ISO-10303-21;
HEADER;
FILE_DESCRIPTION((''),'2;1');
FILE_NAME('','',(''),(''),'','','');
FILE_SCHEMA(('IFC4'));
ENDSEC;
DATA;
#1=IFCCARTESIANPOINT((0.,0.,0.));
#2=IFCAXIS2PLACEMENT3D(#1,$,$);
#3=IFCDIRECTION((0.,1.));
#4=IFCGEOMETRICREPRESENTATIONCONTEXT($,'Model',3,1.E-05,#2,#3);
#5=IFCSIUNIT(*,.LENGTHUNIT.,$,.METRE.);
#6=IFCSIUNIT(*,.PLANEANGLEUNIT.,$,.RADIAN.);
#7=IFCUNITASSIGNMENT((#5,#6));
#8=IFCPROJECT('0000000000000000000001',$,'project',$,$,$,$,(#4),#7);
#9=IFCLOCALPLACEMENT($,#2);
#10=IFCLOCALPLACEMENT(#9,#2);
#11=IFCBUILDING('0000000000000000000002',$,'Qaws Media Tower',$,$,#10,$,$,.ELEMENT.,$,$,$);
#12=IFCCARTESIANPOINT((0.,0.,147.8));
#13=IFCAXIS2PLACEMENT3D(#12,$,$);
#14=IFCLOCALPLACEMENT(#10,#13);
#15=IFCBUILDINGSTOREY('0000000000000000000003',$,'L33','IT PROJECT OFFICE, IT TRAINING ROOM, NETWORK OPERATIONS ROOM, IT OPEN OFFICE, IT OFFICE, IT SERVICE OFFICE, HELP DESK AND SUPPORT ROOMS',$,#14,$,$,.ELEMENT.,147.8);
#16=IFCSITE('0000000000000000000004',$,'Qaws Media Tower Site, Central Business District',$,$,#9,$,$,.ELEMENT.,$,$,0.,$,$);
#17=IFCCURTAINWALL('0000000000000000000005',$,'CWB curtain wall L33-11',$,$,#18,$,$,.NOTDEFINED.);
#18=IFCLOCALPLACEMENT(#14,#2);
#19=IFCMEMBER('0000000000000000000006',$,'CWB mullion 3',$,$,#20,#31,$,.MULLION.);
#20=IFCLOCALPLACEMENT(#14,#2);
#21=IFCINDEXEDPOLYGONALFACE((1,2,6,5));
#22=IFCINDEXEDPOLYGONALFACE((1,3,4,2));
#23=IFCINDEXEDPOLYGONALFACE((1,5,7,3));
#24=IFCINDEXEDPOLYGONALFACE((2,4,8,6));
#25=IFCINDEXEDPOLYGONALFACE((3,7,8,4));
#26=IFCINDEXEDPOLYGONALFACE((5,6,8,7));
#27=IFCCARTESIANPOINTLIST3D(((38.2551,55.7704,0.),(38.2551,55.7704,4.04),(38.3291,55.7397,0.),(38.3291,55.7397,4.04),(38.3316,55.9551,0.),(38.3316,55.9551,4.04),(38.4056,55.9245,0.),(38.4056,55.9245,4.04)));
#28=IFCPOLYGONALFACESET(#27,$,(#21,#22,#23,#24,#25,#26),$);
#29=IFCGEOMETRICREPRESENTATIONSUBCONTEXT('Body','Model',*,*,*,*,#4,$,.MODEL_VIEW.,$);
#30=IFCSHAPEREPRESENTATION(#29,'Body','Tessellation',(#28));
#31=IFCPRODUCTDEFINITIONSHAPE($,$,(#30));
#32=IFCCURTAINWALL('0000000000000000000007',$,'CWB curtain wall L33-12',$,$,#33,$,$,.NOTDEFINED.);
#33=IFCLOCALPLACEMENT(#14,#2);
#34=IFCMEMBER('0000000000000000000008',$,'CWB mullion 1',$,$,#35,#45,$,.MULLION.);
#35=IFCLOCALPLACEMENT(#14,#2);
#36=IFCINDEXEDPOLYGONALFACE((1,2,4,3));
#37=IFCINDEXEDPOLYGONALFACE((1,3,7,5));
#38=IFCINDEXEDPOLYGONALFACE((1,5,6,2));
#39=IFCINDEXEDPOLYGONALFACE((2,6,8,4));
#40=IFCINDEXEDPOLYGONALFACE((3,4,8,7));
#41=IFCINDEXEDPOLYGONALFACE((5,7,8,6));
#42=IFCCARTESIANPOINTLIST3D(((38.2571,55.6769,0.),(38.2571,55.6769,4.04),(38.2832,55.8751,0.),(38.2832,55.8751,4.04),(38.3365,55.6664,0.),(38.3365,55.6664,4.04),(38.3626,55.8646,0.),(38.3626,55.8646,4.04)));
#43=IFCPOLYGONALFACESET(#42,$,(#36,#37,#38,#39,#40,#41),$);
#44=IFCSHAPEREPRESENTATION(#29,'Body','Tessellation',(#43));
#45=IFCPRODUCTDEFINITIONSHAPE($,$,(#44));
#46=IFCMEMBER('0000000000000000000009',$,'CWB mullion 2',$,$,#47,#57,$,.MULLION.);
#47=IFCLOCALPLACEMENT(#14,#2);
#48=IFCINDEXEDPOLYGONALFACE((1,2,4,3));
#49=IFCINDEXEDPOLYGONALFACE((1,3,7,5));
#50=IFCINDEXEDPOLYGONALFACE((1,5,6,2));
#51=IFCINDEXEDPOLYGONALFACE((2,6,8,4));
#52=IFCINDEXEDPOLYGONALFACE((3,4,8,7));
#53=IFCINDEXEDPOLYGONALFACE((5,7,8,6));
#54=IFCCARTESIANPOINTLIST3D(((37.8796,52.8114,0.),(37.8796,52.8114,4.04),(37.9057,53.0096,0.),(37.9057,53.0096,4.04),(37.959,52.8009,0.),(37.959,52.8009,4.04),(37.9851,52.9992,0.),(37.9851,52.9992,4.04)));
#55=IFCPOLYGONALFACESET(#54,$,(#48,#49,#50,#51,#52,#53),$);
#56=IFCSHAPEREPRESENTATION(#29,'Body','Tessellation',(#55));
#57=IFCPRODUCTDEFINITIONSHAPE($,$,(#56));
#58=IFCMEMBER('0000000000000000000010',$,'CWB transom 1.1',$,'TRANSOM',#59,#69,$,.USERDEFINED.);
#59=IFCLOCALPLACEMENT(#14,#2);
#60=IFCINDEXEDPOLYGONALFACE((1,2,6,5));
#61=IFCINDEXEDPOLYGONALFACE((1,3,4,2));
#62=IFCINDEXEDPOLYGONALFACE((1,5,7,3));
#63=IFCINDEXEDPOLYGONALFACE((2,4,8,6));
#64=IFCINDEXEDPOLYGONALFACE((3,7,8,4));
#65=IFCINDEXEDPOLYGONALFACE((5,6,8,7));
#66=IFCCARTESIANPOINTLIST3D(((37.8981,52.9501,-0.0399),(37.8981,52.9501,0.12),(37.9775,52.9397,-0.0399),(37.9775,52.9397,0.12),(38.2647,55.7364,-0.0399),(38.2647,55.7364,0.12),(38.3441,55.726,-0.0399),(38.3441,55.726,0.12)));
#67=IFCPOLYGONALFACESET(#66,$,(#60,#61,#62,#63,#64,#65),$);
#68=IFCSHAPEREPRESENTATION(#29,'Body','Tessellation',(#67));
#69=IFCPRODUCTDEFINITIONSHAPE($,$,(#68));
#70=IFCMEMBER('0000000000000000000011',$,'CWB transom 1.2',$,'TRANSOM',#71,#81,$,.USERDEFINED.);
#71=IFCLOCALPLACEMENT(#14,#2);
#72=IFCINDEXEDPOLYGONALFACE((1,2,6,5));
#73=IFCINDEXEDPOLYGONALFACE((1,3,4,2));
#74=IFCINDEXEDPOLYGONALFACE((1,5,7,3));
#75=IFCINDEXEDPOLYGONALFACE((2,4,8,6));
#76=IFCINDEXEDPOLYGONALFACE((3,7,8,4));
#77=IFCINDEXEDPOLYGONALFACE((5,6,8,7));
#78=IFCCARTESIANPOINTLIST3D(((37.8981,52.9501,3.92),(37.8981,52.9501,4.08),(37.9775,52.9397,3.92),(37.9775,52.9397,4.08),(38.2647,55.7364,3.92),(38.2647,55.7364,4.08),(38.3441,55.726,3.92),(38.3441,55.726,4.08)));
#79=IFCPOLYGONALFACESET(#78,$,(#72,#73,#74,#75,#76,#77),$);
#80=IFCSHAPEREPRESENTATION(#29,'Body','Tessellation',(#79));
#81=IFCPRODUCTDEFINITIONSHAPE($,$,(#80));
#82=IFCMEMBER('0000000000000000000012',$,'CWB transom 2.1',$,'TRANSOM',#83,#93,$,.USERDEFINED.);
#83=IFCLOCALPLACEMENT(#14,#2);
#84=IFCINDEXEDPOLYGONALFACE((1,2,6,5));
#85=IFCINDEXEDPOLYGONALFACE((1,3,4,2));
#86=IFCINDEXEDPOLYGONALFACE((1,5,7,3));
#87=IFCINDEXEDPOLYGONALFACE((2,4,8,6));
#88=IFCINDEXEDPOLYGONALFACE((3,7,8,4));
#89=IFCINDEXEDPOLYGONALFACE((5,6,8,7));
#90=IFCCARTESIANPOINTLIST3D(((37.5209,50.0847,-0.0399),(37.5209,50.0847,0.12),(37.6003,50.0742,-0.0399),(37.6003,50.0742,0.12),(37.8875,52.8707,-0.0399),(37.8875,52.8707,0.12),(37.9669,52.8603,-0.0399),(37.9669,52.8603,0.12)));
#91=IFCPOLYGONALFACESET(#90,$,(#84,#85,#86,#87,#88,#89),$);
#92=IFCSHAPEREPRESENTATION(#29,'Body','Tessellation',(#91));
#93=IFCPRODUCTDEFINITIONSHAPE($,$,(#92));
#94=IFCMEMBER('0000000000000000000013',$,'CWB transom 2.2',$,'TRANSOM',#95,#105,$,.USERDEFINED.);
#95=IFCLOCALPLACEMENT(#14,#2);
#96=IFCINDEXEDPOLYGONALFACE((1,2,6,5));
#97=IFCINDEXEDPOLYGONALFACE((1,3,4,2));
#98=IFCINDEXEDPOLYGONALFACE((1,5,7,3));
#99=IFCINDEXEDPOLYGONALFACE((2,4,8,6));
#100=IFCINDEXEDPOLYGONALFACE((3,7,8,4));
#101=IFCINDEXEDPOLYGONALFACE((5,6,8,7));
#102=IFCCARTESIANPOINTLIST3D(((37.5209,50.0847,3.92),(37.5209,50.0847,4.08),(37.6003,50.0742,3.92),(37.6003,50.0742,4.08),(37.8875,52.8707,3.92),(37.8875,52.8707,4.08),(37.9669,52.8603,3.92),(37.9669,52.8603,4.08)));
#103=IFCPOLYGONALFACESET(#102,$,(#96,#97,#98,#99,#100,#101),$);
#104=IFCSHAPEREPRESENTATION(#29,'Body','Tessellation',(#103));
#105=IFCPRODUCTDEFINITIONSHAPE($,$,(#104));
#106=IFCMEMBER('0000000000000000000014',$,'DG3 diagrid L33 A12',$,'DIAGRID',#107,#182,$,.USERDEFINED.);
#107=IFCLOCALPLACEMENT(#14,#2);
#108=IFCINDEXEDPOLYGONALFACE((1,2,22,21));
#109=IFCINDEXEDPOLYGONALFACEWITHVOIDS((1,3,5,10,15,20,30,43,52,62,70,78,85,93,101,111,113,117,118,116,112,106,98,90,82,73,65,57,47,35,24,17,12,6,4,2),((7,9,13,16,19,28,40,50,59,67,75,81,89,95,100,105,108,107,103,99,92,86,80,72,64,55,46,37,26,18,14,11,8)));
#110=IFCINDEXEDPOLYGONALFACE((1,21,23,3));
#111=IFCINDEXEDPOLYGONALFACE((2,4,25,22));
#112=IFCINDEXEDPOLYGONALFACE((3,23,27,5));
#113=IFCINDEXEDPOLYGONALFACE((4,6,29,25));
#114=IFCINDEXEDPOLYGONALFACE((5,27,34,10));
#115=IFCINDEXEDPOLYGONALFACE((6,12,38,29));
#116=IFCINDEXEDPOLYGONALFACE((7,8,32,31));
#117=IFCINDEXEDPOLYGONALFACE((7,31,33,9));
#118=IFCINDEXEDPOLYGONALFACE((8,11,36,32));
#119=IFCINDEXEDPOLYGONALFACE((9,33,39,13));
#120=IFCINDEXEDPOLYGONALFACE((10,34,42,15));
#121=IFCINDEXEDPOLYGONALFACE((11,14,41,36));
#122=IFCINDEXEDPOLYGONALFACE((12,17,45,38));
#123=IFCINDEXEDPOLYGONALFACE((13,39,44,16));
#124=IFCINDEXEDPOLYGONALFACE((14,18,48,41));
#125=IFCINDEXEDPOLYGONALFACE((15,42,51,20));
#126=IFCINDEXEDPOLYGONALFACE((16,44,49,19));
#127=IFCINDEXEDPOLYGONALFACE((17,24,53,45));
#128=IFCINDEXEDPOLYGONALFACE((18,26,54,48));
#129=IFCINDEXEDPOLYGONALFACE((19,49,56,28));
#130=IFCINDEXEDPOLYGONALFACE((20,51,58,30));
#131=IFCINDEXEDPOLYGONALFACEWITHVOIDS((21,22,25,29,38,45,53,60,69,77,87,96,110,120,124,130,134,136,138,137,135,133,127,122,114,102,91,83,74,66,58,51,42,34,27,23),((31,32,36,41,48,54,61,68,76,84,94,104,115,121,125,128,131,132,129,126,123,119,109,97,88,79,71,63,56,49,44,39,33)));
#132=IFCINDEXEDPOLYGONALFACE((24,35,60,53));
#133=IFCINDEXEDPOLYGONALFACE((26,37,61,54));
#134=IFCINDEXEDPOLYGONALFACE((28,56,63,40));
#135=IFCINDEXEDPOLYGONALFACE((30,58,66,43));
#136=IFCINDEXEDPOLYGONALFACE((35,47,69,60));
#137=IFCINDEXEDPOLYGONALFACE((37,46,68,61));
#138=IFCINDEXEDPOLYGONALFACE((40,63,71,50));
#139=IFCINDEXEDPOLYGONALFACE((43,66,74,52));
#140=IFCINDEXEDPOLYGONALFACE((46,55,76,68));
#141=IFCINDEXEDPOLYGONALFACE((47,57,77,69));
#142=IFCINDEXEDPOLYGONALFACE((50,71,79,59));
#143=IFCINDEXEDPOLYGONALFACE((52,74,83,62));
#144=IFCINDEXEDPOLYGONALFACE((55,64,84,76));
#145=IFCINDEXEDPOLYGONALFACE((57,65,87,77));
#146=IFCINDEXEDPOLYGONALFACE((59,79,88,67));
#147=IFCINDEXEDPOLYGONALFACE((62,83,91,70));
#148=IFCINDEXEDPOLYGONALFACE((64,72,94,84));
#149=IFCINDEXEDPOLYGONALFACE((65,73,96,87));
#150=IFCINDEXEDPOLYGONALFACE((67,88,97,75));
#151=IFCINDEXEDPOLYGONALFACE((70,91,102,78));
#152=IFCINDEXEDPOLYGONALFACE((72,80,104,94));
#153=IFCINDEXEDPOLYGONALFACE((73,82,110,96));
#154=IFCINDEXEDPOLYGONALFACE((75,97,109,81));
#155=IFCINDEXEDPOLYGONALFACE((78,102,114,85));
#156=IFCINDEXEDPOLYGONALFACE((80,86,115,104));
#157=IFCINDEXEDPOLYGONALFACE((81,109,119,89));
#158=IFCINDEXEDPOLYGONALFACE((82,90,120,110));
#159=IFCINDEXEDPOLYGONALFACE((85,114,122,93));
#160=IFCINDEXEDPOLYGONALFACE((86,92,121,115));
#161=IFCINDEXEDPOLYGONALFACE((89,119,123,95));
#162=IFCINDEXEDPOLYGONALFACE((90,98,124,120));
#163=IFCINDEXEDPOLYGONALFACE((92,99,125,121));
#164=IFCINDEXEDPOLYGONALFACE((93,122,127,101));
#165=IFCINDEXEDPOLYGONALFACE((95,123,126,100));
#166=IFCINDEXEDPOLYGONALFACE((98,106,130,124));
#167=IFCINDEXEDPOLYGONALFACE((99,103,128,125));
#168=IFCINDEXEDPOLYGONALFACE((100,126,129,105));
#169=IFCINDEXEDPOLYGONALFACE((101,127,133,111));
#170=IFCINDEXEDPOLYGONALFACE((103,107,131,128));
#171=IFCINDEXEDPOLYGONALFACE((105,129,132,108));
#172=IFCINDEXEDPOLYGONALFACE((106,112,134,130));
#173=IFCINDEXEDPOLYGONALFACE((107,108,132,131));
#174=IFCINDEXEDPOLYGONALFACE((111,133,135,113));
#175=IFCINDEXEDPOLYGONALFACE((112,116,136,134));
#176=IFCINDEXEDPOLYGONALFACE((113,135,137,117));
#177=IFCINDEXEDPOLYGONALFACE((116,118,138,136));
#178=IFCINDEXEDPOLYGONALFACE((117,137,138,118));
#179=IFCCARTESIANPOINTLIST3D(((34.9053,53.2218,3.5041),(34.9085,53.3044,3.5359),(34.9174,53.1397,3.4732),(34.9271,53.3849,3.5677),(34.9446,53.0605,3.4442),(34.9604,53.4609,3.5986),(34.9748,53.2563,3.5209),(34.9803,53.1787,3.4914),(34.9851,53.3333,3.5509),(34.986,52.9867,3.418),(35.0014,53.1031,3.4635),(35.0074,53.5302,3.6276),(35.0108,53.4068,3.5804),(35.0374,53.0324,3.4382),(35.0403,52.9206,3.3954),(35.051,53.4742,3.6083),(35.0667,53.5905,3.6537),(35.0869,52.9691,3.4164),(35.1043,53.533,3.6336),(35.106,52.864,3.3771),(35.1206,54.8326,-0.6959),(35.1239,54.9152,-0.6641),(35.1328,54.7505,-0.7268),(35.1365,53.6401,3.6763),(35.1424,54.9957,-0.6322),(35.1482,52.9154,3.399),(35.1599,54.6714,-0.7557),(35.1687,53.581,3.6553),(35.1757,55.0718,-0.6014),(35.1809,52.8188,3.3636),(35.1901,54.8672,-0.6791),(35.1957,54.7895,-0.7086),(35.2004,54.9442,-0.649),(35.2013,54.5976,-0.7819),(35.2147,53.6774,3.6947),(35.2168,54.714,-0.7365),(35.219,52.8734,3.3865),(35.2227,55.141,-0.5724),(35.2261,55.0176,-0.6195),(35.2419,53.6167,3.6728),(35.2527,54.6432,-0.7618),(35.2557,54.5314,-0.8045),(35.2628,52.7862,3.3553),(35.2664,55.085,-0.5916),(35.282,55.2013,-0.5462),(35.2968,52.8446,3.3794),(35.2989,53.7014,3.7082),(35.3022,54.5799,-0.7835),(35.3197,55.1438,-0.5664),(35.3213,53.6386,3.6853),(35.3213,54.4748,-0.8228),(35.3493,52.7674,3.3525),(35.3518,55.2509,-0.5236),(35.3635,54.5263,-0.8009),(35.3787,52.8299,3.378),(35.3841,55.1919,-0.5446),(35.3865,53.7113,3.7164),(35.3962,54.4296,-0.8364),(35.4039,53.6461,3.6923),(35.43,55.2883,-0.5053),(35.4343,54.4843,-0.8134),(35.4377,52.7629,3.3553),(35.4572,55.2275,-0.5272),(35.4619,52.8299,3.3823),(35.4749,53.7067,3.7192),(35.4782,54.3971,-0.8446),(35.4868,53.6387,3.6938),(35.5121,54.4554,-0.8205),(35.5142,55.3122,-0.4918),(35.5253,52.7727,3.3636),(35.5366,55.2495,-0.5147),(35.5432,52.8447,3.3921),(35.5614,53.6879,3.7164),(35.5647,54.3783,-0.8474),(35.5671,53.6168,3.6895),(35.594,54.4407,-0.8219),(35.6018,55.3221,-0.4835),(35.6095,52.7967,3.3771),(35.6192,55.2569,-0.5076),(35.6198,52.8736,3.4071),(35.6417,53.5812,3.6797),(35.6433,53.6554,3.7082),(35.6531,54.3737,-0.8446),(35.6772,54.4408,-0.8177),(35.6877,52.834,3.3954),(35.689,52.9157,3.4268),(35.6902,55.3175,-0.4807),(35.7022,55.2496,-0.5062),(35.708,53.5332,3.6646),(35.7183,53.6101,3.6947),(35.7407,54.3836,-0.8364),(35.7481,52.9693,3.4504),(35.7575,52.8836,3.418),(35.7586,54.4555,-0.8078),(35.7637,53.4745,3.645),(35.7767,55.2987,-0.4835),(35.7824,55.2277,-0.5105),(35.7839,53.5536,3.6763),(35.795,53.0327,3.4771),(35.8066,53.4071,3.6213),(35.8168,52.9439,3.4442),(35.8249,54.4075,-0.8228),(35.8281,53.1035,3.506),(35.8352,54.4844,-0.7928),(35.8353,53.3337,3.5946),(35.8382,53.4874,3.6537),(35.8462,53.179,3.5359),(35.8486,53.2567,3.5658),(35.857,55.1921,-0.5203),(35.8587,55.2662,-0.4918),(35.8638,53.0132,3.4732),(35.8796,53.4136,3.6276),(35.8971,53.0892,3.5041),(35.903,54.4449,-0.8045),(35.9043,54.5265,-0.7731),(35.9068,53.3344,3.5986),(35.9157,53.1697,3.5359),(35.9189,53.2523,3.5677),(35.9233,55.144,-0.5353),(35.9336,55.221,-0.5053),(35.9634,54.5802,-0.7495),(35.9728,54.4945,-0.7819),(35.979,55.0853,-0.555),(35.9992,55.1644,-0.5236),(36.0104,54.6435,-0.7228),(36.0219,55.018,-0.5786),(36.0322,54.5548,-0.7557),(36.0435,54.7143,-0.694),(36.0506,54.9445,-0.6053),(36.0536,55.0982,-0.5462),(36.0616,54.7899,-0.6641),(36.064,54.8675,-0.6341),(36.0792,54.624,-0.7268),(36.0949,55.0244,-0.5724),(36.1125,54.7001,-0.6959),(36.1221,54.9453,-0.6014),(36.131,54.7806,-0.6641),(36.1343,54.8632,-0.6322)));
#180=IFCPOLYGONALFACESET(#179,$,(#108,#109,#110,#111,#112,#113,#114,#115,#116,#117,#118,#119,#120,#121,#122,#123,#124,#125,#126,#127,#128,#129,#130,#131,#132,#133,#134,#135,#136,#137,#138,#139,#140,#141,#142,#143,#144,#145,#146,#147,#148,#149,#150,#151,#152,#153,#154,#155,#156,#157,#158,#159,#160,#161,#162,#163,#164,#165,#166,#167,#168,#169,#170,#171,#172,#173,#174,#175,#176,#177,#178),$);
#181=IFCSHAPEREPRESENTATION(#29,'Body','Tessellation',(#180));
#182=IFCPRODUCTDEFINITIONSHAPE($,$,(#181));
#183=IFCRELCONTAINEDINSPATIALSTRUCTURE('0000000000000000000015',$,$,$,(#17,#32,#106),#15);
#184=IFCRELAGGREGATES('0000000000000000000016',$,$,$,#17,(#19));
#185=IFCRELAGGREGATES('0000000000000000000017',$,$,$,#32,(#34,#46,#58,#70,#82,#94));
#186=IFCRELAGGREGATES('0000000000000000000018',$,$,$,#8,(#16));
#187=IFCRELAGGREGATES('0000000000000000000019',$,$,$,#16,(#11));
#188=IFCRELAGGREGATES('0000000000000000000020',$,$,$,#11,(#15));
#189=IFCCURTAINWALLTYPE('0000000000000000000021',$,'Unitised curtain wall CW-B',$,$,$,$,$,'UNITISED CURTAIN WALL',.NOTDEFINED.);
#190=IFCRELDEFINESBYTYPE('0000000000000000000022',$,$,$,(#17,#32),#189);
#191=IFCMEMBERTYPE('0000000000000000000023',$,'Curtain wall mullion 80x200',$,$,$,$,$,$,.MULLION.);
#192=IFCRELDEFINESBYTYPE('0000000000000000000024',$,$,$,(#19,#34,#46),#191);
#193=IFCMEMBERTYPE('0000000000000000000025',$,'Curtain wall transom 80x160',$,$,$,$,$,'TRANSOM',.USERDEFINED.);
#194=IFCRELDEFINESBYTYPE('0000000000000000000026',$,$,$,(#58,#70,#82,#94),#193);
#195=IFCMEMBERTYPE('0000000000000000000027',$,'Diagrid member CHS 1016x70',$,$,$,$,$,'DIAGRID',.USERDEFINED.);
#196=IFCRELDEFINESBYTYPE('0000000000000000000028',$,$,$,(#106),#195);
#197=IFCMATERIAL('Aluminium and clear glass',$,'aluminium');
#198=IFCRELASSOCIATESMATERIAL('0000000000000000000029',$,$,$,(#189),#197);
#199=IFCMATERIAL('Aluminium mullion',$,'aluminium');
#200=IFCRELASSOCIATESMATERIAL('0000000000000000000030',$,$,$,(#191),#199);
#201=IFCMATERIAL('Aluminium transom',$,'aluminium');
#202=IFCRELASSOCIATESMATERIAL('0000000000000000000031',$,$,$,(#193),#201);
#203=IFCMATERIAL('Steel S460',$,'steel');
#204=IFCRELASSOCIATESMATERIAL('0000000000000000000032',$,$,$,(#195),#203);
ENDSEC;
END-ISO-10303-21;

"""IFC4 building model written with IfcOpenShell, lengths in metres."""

from ifc_helpers import new_model, si_unit, direction, frame, origin, origin_2d, place, context, subcontext, project, spatial, rectangle, hollow_circle, extrude, material, material_profile, profile_set, type_object, element, aggregate, save


model = new_model("IFC4")

# Units and contexts
model_context = context("Model", 3, precision=1e-05, world=origin(), true_north=direction((0.0, 1.0)))
body_context = subcontext(model_context, "Body", "Model", "MODEL_VIEW")
ifc_project = project(units=[si_unit("LENGTHUNIT", "METRE"), si_unit("PLANEANGLEUNIT", "RADIAN")], contexts=[model_context])

# Site, building, storey
site_placement = place(None, origin())
site = spatial("IfcSite", under=ifc_project, at=site_placement, Name="Qaws Media Tower Site, Central Business District", CompositionType="ELEMENT", RefElevation=0.0)
building_placement = place(site_placement, origin())
building = spatial("IfcBuilding", under=site, at=building_placement, Name="Qaws Media Tower", CompositionType="ELEMENT")
storey_placement = place(building_placement, frame((0.0, 0.0, 147.8)))
storey = spatial("IfcBuildingStorey", under=building, at=storey_placement, Name="L33", Description="IT PROJECT OFFICE, IT TRAINING ROOM, NETWORK OPERATIONS ROOM, IT OPEN OFFICE, IT OFFICE, IT SERVICE OFFICE, HELP DESK AND SUPPORT ROOMS", CompositionType="ELEMENT", Elevation=147.8)

# Curtain wall, member
ifc_material_1 = material(Name="Aluminium and clear glass", Category="aluminium")
curtain_wall_type = type_object("IfcCurtainWallType", Name="Unitised curtain wall CW-B", ElementType="UNITISED CURTAIN WALL", PredefinedType="NOTDEFINED", material=ifc_material_1)
curtain_wall_1_placement = place(storey_placement, origin())
curtain_wall_1 = element("IfcCurtainWall", 1, at=curtain_wall_1_placement, inside=storey, type_object=curtain_wall_type, Name="CWB curtain wall L33-11", PredefinedType="NOTDEFINED")
ifc_material_2 = material(Name="Aluminium mullion", Category="aluminium")
ifc_material_profile_1 = material_profile(ifc_material_2, rectangle(XDim=0.0801, YDim=0.2, at=origin_2d()), Name="80x200")
ifc_profile_set_1 = profile_set([ifc_material_profile_1], Name="Aluminium mullion")
member_type_1 = type_object("IfcMemberType", Name="Curtain wall mullion 80x200", PredefinedType="MULLION", material=ifc_profile_set_1)
member_1_placement = place(storey_placement, frame((38.3303, 55.8474, 0.0), z_axis=(0.0, 0.0, 1.0), x_axis=(0.923879, -0.382684, 0.0)))
member_1 = element("IfcMember", 2, at=member_1_placement, type_object=member_type_1, Name="CWB mullion 3", PredefinedType="MULLION", context=body_context, shape_type="SweptSolid", body=[
    extrude(rectangle(XDim=0.0801, YDim=0.2, at=origin_2d()), origin(), (0.0, 0.0, 1.0), 4.04),
])

# Curtain wall, members
curtain_wall_2_placement = place(storey_placement, origin())
curtain_wall_2 = element("IfcCurtainWall", 3, at=curtain_wall_2_placement, inside=storey, type_object=curtain_wall_type, Name="CWB curtain wall L33-12", PredefinedType="NOTDEFINED")
member_2_placement = place(storey_placement, frame((38.3098, 55.7708, 0.0), z_axis=(0.0, 0.0, 1.0), x_axis=(0.991445, -0.130526, 0.0)))
member_2 = element("IfcMember", 4, at=member_2_placement, type_object=member_type_1, Name="CWB mullion 1", PredefinedType="MULLION", context=body_context, shape_type="SweptSolid", body=[
    extrude(rectangle(XDim=0.0801, YDim=0.2, at=origin_2d()), origin(), (0.0, 0.0, 1.0), 4.04),
])
member_3_placement = place(storey_placement, frame((37.9324, 52.9053, 0.0), z_axis=(0.0, 0.0, 1.0), x_axis=(0.991445, -0.130526, 0.0)))
member_3 = element("IfcMember", 5, at=member_3_placement, type_object=member_type_1, Name="CWB mullion 2", PredefinedType="MULLION", context=body_context, shape_type="SweptSolid", body=[
    extrude(rectangle(XDim=0.0801, YDim=0.2, at=origin_2d()), origin(), (0.0, 0.0, 1.0), 4.04),
])
ifc_material_3 = material(Name="Aluminium transom", Category="aluminium")
ifc_material_profile_2 = material_profile(ifc_material_3, rectangle(XDim=0.0801, YDim=0.1599, at=origin_2d()), Name="80x160")
ifc_profile_set_2 = profile_set([ifc_material_profile_2], Name="Aluminium transom")
member_type_2 = type_object("IfcMemberType", Name="Curtain wall transom 80x160", ElementType="TRANSOM", PredefinedType="USERDEFINED", material=ifc_profile_set_2)
member_4_placement = place(storey_placement, frame((38.3044, 55.7312, 0.04), z_axis=(-0.130479, -0.991451, 0.0), x_axis=(0.991451, -0.130479, 0.0)))
member_4 = element("IfcMember", 6, at=member_4_placement, type_object=member_type_2, Name="CWB transom 1.1", ObjectType="TRANSOM", PredefinedType="USERDEFINED", context=body_context, shape_type="SweptSolid", body=[
    extrude(rectangle(XDim=0.0801, YDim=0.1599, at=origin_2d()), origin(), (0.0, 0.0, 1.0), 2.8103),
])
member_5_placement = place(storey_placement, frame((38.3044, 55.7312, 4.0), z_axis=(-0.130479, -0.991451, 0.0), x_axis=(0.991451, -0.130479, 0.0)))
member_5 = element("IfcMember", 7, at=member_5_placement, type_object=member_type_2, Name="CWB transom 1.2", ObjectType="TRANSOM", PredefinedType="USERDEFINED", context=body_context, shape_type="SweptSolid", body=[
    extrude(rectangle(XDim=0.0801, YDim=0.1599, at=origin_2d()), origin(), (0.0, 0.0, 1.0), 2.8103),
])
member_6_placement = place(storey_placement, frame((37.9272, 52.8655, 0.04), z_axis=(-0.13049, -0.99145, 0.0), x_axis=(0.99145, -0.13049, 0.0)))
member_6 = element("IfcMember", 8, at=member_6_placement, type_object=member_type_2, Name="CWB transom 2.1", ObjectType="TRANSOM", PredefinedType="USERDEFINED", context=body_context, shape_type="SweptSolid", body=[
    extrude(rectangle(XDim=0.0801, YDim=0.1599, at=origin_2d()), origin(), (0.0, 0.0, 1.0), 2.8101),
])
member_7_placement = place(storey_placement, frame((37.9272, 52.8655, 4.0), z_axis=(-0.13049, -0.99145, 0.0), x_axis=(0.99145, -0.13049, 0.0)))
member_7 = element("IfcMember", 9, at=member_7_placement, type_object=member_type_2, Name="CWB transom 2.2", ObjectType="TRANSOM", PredefinedType="USERDEFINED", context=body_context, shape_type="SweptSolid", body=[
    extrude(rectangle(XDim=0.0801, YDim=0.1599, at=origin_2d()), origin(), (0.0, 0.0, 1.0), 2.8101),
])

# Member
ifc_material_4 = material(Name="Steel S460", Category="steel")
ifc_material_profile_3 = material_profile(ifc_material_4, hollow_circle(Radius=0.5081, WallThickness=0.0701, at=origin_2d()), Name="CHS 1016x70")
ifc_profile_set_3 = profile_set([ifc_material_profile_3], Name="Steel S460")
member_type_3 = type_object("IfcMemberType", Name="Diagrid member CHS 1016x70", ElementType="DIAGRID", PredefinedType="USERDEFINED", material=ifc_profile_set_3)
for number, where, z_axis, x_axis, name in (
    (10, (35.6274, 54.8479, -0.6641), (-0.047815, -0.357693, 0.932614), (0.991183, -0.132498, 0.0), "DG3 diagrid L33 A12"),
):
    element("IfcMember", number, at=place(storey_placement, frame(where, z_axis=z_axis, x_axis=x_axis)), inside=storey, type_object=member_type_3, Name=name, ObjectType="DIAGRID", PredefinedType="USERDEFINED", context=body_context, shape_type="SweptSolid", body=[
        extrude(hollow_circle(Radius=0.5081, WallThickness=0.0701, at=origin_2d()), origin(), (0.0, 0.0, 1.0), 4.5034),
    ])

aggregate(curtain_wall_1, [member_1])
aggregate(curtain_wall_2, [member_2, member_3, member_4, member_5, member_6, member_7])

save(model, "model.ifc")
